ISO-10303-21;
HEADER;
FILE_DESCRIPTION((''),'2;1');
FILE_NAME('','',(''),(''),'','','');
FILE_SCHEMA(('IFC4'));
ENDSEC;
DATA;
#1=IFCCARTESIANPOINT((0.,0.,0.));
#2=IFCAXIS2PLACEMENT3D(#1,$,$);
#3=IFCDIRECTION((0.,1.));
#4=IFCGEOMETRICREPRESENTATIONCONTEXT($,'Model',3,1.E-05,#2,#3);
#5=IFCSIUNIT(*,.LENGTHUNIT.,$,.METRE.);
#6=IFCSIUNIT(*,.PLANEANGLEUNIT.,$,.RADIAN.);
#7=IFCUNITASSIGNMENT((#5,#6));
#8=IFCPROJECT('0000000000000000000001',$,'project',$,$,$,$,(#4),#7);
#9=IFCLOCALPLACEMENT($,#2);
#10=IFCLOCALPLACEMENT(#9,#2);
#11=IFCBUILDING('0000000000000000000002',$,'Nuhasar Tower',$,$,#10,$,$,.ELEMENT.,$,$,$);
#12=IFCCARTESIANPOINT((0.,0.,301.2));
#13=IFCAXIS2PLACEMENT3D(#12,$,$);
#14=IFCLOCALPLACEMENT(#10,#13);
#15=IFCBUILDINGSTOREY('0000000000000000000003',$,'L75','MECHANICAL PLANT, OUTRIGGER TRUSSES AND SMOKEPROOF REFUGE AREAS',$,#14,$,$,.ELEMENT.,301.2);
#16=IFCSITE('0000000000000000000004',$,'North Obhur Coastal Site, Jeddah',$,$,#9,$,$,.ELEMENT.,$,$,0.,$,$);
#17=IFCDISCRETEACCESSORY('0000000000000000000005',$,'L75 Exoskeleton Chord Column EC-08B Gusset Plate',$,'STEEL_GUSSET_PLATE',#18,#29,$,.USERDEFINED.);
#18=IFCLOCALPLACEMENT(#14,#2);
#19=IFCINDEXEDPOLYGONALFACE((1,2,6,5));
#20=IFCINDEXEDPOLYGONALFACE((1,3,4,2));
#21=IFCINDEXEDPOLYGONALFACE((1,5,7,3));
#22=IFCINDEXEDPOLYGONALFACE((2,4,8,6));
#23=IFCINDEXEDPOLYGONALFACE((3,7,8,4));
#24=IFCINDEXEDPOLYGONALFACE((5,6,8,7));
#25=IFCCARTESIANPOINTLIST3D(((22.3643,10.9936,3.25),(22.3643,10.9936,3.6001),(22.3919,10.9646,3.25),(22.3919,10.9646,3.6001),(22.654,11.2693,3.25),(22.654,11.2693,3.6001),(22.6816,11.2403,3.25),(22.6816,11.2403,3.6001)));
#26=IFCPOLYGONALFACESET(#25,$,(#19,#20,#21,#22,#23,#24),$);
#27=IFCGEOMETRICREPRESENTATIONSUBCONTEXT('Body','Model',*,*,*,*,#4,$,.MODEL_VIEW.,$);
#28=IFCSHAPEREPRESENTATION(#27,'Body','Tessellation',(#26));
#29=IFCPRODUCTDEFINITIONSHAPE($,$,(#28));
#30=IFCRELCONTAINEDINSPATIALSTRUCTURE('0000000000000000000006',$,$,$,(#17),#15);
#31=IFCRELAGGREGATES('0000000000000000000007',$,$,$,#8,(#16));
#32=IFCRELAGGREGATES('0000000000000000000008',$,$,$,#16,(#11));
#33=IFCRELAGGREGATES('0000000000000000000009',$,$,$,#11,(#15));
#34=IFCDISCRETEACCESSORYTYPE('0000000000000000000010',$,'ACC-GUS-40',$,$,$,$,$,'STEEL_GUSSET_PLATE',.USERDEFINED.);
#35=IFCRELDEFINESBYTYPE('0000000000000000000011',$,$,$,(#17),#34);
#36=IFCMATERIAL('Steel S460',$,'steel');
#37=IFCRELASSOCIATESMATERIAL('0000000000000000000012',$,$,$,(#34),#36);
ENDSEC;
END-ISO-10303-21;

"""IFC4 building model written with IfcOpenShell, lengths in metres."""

from ifc_helpers import new_model, si_unit, direction, frame, origin, origin_2d, place, context, subcontext, project, spatial, rectangle, extrude, material, type_object, element, save


model = new_model("IFC4")

# Units and contexts
model_context = context("Model", 3, precision=1e-05, world=origin(), true_north=direction((0.0, 1.0)))
body_context = subcontext(model_context, "Body", "Model", "MODEL_VIEW")
ifc_project = project(units=[si_unit("LENGTHUNIT", "METRE"), si_unit("PLANEANGLEUNIT", "RADIAN")], contexts=[model_context])

# Site, building, storey
site_placement = place(None, origin())
site = spatial("IfcSite", under=ifc_project, at=site_placement, Name="North Obhur Coastal Site, Jeddah", CompositionType="ELEMENT", RefElevation=0.0)
building_placement = place(site_placement, origin())
building = spatial("IfcBuilding", under=site, at=building_placement, Name="Nuhasar Tower", CompositionType="ELEMENT")
storey_placement = place(building_placement, frame((0.0, 0.0, 301.2)))
storey = spatial("IfcBuildingStorey", under=building, at=storey_placement, Name="L75", Description="MECHANICAL PLANT, OUTRIGGER TRUSSES AND SMOKEPROOF REFUGE AREAS", CompositionType="ELEMENT", Elevation=301.2)

# Shared definitions
ifc_material_1 = material(Name="Steel S460", Category="steel")

# Discrete accessory
discrete_accessory_type = type_object("IfcDiscreteAccessoryType", Name="ACC-GUS-40", ElementType="STEEL_GUSSET_PLATE", PredefinedType="USERDEFINED", material=ifc_material_1)
for number, where, z_axis, x_axis, name in (
    (1, (22.5229, 11.1169, 3.25), (0.0, 0.0, 1.0), (-0.724352, -0.68943, 0.0), "L75 Exoskeleton Chord Column EC-08B Gusset Plate"),
):
    element("IfcDiscreteAccessory", number, at=place(storey_placement, frame(where, z_axis=z_axis, x_axis=x_axis)), inside=storey, type_object=discrete_accessory_type, Name=name, ObjectType="STEEL_GUSSET_PLATE", PredefinedType="USERDEFINED", context=body_context, shape_type="SweptSolid", body=[
        extrude(rectangle(XDim=0.3999, YDim=0.04, at=origin_2d()), origin(), (0.0, 0.0, 1.0), 0.3501),
    ])

save(model, "model.ifc")
